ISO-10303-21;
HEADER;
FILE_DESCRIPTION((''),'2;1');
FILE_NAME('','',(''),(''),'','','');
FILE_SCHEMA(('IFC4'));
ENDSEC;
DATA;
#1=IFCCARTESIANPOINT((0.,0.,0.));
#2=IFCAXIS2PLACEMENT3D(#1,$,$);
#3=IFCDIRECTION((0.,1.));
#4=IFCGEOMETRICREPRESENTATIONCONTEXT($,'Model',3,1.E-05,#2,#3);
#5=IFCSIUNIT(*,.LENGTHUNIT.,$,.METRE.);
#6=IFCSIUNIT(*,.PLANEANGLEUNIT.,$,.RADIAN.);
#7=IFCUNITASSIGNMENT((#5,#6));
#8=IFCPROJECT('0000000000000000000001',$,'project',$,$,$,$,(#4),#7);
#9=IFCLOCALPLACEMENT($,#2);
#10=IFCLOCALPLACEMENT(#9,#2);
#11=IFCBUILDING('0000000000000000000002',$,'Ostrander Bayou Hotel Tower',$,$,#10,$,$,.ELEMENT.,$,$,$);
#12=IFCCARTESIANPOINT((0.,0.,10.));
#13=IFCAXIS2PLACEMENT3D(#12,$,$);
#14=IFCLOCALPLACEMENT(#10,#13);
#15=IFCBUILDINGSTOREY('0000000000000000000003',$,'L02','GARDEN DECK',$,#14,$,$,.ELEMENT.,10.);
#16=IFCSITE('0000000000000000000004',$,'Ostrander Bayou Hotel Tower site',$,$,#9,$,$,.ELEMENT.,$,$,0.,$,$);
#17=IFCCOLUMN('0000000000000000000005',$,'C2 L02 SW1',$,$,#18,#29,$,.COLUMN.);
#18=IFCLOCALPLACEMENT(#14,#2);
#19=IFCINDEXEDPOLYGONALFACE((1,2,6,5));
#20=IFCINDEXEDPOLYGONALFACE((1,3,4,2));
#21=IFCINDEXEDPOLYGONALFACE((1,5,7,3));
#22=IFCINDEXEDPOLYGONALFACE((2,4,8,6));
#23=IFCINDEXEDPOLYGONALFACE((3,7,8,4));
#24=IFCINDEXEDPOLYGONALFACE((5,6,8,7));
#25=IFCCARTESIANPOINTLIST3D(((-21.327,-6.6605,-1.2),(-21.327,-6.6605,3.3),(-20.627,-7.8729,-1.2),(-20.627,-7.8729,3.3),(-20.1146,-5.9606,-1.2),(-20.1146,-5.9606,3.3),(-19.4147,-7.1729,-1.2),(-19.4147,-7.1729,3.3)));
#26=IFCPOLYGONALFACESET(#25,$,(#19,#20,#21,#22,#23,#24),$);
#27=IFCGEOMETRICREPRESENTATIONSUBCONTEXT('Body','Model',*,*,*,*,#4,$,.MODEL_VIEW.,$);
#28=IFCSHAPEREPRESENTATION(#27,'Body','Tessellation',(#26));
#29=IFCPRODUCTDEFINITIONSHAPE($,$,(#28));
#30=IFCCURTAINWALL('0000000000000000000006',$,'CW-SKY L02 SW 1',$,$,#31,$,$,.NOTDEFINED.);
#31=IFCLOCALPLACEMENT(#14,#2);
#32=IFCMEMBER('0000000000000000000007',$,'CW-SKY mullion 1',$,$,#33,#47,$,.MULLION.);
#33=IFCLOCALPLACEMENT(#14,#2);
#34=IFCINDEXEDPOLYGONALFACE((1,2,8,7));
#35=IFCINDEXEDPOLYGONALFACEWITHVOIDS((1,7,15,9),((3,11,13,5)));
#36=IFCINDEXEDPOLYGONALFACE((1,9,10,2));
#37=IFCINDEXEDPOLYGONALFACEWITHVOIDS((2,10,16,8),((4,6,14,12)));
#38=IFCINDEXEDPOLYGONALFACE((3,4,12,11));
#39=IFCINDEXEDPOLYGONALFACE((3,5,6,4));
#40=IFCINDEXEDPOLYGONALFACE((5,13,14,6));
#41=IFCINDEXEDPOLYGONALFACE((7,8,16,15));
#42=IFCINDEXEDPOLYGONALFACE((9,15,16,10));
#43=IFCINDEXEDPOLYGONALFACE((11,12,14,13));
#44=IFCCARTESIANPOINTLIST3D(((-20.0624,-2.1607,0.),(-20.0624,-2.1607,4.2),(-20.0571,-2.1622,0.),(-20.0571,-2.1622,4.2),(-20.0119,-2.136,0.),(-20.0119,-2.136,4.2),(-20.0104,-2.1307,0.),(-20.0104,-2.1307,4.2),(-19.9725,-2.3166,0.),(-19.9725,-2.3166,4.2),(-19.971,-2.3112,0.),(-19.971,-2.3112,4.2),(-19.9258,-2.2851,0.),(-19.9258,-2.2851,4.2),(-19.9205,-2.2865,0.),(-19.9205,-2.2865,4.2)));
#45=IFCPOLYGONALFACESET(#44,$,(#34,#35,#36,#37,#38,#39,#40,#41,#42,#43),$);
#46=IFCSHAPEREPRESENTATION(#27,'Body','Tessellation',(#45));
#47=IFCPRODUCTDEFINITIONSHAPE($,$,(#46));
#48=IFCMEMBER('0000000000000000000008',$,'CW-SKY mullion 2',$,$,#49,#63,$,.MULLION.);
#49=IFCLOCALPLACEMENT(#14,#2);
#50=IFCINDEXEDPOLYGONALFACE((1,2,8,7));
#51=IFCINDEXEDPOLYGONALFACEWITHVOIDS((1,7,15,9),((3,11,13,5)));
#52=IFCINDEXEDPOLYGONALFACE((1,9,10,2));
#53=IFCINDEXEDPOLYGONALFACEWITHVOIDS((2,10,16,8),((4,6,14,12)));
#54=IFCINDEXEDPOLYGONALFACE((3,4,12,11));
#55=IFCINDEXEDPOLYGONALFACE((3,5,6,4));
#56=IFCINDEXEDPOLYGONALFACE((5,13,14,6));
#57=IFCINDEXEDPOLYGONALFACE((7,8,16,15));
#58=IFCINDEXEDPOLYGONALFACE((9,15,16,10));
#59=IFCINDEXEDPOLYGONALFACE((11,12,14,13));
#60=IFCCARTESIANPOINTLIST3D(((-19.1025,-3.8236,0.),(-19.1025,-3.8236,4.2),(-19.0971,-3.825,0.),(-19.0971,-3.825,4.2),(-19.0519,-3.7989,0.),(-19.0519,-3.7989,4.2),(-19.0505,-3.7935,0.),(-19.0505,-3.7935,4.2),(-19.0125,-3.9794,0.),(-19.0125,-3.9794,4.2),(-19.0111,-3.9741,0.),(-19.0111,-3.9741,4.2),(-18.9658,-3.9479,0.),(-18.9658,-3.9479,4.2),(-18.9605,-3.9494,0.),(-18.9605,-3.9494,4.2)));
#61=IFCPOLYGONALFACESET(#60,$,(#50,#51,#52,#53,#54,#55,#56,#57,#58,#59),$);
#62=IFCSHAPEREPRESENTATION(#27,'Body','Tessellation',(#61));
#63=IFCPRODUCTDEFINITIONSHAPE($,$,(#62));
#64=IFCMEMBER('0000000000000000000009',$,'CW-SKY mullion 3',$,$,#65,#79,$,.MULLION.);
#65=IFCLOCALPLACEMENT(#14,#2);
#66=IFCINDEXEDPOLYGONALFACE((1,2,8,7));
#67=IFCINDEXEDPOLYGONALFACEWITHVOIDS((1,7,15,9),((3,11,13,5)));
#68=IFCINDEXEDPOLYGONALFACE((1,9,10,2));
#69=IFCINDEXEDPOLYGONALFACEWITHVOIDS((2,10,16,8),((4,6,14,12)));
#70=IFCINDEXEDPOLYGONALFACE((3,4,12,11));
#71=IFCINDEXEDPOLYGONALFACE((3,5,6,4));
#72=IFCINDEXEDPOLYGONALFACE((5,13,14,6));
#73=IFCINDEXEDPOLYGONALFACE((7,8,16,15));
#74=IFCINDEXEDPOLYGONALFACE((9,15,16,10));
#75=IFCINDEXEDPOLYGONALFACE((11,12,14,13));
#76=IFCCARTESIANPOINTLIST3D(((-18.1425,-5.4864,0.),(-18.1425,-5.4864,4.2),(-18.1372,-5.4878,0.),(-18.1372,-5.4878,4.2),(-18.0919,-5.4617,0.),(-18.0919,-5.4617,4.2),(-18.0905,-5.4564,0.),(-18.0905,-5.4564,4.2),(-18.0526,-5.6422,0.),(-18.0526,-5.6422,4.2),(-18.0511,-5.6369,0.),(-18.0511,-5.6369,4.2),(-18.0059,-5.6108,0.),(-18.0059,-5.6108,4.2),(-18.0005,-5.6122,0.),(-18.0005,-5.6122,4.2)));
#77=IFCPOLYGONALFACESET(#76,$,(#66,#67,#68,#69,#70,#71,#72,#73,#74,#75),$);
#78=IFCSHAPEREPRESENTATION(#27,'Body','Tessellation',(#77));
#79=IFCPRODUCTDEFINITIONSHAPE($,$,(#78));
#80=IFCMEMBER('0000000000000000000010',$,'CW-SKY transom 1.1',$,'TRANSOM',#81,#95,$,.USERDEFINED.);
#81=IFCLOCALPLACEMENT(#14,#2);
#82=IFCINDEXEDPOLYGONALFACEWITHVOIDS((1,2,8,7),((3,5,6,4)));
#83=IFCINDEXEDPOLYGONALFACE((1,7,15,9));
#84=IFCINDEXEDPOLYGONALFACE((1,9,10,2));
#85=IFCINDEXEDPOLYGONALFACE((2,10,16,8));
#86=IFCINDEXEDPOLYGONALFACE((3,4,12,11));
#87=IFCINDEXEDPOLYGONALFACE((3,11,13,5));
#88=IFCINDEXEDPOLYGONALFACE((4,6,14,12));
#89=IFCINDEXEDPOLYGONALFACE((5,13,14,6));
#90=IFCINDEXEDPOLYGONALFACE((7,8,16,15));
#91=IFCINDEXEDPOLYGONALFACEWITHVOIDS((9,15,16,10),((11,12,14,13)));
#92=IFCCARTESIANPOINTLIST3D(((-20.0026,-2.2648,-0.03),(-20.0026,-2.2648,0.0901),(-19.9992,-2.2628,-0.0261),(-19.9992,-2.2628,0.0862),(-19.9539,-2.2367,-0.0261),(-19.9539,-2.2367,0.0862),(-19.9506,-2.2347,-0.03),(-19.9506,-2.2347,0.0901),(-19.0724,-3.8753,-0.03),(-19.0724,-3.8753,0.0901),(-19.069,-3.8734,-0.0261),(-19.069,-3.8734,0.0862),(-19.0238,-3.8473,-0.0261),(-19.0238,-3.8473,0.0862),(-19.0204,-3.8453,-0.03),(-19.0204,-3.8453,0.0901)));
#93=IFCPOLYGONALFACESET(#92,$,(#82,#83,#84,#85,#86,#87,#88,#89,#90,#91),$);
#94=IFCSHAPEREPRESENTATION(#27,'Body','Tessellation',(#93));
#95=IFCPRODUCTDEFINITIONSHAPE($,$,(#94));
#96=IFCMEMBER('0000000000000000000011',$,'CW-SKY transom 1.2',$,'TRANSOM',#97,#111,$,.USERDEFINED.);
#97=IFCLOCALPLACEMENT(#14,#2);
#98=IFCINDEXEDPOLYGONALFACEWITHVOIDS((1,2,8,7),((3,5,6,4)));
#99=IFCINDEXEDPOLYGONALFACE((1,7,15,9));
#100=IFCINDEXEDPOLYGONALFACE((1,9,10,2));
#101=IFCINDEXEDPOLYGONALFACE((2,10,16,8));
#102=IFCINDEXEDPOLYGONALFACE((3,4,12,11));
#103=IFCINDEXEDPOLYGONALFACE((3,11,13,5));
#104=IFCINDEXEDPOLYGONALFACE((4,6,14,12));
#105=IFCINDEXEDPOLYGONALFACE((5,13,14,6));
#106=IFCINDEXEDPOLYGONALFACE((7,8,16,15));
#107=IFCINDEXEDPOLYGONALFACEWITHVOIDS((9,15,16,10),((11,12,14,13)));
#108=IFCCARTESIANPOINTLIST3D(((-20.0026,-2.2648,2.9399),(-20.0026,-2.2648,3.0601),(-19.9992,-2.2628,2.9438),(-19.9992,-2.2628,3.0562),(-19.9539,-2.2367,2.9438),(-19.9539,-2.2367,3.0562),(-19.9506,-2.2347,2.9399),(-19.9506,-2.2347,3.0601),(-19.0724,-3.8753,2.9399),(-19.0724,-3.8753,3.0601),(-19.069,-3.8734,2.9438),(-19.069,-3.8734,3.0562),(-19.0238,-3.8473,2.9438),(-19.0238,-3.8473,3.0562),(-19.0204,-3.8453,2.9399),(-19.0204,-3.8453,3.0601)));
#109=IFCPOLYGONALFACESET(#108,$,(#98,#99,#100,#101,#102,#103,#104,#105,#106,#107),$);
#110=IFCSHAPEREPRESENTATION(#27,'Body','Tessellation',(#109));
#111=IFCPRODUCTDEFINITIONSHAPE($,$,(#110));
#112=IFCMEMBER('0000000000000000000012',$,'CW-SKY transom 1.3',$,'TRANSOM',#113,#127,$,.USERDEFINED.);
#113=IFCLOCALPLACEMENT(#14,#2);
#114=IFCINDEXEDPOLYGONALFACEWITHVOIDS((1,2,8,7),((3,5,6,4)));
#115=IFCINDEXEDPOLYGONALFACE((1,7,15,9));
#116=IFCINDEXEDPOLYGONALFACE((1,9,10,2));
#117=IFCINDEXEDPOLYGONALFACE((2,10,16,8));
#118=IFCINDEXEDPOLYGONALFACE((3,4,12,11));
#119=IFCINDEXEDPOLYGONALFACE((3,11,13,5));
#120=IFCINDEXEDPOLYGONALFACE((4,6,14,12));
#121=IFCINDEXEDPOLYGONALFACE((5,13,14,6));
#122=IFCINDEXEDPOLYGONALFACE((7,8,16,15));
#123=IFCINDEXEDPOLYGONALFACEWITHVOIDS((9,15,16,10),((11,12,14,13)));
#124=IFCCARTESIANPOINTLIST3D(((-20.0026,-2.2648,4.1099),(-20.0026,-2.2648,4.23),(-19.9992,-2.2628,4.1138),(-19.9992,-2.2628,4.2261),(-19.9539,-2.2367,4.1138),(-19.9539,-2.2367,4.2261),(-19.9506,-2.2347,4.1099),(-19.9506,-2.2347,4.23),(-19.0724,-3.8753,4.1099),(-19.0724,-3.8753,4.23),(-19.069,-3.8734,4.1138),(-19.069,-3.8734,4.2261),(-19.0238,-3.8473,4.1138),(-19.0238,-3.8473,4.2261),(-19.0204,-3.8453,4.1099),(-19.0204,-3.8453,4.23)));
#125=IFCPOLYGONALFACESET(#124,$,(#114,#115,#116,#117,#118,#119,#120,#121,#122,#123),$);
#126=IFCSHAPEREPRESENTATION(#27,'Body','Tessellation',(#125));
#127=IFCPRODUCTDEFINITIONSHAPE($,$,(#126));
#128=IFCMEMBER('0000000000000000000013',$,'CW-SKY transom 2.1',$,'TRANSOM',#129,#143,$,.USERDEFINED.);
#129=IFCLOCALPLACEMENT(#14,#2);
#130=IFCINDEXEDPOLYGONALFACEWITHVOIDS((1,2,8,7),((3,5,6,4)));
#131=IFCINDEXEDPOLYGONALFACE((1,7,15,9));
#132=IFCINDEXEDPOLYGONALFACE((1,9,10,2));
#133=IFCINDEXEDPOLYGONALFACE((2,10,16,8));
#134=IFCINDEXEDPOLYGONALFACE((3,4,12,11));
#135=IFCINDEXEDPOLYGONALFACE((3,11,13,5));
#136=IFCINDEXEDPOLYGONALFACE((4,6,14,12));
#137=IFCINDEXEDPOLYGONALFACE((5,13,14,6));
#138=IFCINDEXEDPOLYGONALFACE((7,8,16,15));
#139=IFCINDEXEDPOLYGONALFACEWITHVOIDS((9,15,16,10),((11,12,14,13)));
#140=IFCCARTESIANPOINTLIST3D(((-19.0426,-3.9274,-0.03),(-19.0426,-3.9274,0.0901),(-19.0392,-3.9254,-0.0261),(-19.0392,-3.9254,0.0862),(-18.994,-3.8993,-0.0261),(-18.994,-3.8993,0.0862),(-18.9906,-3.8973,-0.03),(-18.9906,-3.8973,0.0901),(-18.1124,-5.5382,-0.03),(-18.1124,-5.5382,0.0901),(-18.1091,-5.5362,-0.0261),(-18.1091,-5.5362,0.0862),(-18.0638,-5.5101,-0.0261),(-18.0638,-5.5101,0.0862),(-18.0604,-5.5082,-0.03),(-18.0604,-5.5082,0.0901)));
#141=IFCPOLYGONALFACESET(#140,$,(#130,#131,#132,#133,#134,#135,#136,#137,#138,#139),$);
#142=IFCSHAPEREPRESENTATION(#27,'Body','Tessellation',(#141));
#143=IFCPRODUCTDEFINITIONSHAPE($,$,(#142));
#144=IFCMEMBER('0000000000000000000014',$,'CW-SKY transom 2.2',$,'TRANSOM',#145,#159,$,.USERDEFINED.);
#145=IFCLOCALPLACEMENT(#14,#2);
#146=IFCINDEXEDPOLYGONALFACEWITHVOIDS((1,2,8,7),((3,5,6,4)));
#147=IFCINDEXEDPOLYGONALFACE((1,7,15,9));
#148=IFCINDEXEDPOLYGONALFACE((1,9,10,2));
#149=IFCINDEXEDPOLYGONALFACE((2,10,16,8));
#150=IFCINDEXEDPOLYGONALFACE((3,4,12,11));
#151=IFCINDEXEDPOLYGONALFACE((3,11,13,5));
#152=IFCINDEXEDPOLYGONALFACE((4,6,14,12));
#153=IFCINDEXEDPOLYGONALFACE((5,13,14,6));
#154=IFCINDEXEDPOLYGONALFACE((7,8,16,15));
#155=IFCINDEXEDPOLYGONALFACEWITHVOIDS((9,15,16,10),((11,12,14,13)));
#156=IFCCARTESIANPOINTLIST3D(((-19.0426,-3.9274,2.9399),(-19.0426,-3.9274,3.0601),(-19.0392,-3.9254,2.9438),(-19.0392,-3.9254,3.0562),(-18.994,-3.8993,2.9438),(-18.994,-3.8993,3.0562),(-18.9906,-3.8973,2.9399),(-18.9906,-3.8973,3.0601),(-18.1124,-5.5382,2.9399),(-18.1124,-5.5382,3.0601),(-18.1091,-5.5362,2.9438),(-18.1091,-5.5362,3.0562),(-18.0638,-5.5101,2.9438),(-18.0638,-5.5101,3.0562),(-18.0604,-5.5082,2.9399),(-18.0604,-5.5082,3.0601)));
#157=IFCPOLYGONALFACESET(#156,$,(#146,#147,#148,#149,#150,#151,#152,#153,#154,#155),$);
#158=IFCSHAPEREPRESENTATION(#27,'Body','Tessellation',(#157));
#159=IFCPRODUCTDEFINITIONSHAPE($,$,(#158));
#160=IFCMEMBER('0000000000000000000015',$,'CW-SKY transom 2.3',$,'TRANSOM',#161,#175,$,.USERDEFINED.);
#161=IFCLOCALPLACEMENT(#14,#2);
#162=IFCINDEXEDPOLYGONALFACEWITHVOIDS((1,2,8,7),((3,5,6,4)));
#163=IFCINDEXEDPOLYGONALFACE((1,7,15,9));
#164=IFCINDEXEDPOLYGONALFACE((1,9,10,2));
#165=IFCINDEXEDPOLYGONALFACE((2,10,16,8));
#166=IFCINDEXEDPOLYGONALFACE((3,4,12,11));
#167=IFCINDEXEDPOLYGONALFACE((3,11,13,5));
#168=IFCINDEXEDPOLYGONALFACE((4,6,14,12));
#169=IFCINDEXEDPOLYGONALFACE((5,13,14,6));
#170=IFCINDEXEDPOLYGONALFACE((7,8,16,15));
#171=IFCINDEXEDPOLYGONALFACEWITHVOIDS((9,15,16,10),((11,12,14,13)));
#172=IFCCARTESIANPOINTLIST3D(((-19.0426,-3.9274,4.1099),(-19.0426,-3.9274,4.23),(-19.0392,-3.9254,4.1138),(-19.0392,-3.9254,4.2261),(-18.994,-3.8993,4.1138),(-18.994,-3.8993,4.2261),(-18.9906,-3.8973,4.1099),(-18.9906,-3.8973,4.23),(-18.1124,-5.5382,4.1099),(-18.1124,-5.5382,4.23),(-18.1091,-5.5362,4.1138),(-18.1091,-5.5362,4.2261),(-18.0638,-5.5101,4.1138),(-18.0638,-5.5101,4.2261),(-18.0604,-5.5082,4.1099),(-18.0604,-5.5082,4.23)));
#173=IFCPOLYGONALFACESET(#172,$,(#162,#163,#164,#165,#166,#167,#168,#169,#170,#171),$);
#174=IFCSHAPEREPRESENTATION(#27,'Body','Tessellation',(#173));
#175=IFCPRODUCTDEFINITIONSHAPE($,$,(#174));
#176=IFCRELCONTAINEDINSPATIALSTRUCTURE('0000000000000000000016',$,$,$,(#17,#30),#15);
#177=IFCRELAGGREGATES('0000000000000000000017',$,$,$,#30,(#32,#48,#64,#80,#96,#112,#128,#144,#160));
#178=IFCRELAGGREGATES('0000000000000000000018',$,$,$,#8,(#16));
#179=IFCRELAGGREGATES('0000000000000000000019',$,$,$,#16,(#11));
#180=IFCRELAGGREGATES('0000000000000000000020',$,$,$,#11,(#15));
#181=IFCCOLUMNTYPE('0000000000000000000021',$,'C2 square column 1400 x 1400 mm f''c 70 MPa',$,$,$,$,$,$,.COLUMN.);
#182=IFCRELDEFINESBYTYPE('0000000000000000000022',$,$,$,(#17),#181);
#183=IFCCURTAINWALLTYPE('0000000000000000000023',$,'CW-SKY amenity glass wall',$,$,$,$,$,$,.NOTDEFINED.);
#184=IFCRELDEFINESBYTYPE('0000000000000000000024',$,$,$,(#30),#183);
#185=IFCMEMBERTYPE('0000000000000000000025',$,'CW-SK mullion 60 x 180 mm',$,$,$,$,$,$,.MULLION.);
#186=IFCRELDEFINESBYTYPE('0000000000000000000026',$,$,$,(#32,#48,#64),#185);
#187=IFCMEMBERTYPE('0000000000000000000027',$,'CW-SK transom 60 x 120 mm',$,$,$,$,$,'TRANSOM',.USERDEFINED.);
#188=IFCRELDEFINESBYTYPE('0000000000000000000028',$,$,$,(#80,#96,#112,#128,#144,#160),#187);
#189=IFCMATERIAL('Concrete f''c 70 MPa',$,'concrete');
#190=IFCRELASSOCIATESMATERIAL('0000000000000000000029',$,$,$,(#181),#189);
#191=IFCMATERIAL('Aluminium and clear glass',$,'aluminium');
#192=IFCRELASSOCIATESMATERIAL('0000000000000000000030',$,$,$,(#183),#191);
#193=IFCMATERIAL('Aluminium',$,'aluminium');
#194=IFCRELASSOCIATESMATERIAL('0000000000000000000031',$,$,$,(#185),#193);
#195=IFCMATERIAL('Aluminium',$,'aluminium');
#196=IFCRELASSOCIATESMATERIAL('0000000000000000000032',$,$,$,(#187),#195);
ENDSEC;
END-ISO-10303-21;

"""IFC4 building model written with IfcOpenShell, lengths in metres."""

from ifc_helpers import new_model, si_unit, direction, frame, origin, origin_2d, place, context, subcontext, project, spatial, rectangle, hollow_rectangle, extrude, material, material_profile, profile_set, type_object, element, aggregate, save


model = new_model("IFC4")

# Units and contexts
model_context = context("Model", 3, precision=1e-05, world=origin(), true_north=direction((0.0, 1.0)))
body_context = subcontext(model_context, "Body", "Model", "MODEL_VIEW")
ifc_project = project(units=[si_unit("LENGTHUNIT", "METRE"), si_unit("PLANEANGLEUNIT", "RADIAN")], contexts=[model_context])

# Site, building, storey
site_placement = place(None, origin())
site = spatial("IfcSite", under=ifc_project, at=site_placement, Name="Ostrander Bayou Hotel Tower site", CompositionType="ELEMENT", RefElevation=0.0)
building_placement = place(site_placement, origin())
building = spatial("IfcBuilding", under=site, at=building_placement, Name="Ostrander Bayou Hotel Tower", CompositionType="ELEMENT")
storey_placement = place(building_placement, frame((0.0, 0.0, 10.0)))
storey = spatial("IfcBuildingStorey", under=building, at=storey_placement, Name="L02", Description="GARDEN DECK", CompositionType="ELEMENT", Elevation=10.0)

# Column
ifc_material_1 = material(Name="Concrete f'c 70 MPa", Category="concrete")
ifc_material_profile_1 = material_profile(ifc_material_1, rectangle(XDim=1.3999, YDim=1.3999, at=origin_2d()))
ifc_profile_set_1 = profile_set([ifc_material_profile_1], Name="Concrete f'c 70 MPa")
column_type = type_object("IfcColumnType", Name="C2 square column 1400 x 1400 mm f'c 70 MPa", PredefinedType="COLUMN", material=ifc_profile_set_1)
column_placement = place(storey_placement, frame((-20.3708, -6.9167, -1.2), z_axis=(0.0, 0.0, 1.0), x_axis=(-0.5, 0.866025, 0.0)))
element("IfcColumn", 1, at=column_placement, inside=storey, type_object=column_type, Name="C2 L02 SW1", PredefinedType="COLUMN", context=body_context, shape_type="SweptSolid", body=[
    extrude(rectangle(XDim=1.3999, YDim=1.3999, at=origin_2d()), origin(), (0.0, 0.0, 1.0), 4.5),
])

# Curtain wall, members
ifc_material_2 = material(Name="Aluminium and clear glass", Category="aluminium")
curtain_wall_type = type_object("IfcCurtainWallType", Name="CW-SKY amenity glass wall", PredefinedType="NOTDEFINED", material=ifc_material_2)
curtain_wall_placement = place(storey_placement, origin())
curtain_wall = element("IfcCurtainWall", 2, at=curtain_wall_placement, inside=storey, type_object=curtain_wall_type, Name="CW-SKY L02 SW 1", PredefinedType="NOTDEFINED")
ifc_material_3 = material(Name="Aluminium", Category="aluminium")
ifc_material_profile_2 = material_profile(ifc_material_3, hollow_rectangle(XDim=0.0601, YDim=0.1799, WallThickness=0.0039, at=origin_2d()))
ifc_profile_set_2 = profile_set([ifc_material_profile_2], Name="Aluminium")
member_type_1 = type_object("IfcMemberType", Name="CW-SK mullion 60 x 180 mm", PredefinedType="MULLION", material=ifc_profile_set_2)
member_1_placement = place(storey_placement, frame((-19.9915, -2.2236, 0.0), z_axis=(0.0, 0.0, 1.0), x_axis=(0.866025, 0.5, 0.0)))
member_1 = element("IfcMember", 3, at=member_1_placement, type_object=member_type_1, Name="CW-SKY mullion 1", PredefinedType="MULLION", context=body_context, shape_type="SweptSolid", body=[
    extrude(hollow_rectangle(XDim=0.0601, YDim=0.1799, WallThickness=0.0039, at=origin_2d()), origin(), (0.0, 0.0, 1.0), 4.2),
])
member_2_placement = place(storey_placement, frame((-19.0315, -3.8865, 0.0), z_axis=(0.0, 0.0, 1.0), x_axis=(0.866025, 0.5, 0.0)))
member_2 = element("IfcMember", 4, at=member_2_placement, type_object=member_type_1, Name="CW-SKY mullion 2", PredefinedType="MULLION", context=body_context, shape_type="SweptSolid", body=[
    extrude(hollow_rectangle(XDim=0.0601, YDim=0.1799, WallThickness=0.0039, at=origin_2d()), origin(), (0.0, 0.0, 1.0), 4.2),
])
member_3_placement = place(storey_placement, frame((-18.0715, -5.5493, 0.0), z_axis=(0.0, 0.0, 1.0), x_axis=(0.866025, 0.5, 0.0)))
member_3 = element("IfcMember", 5, at=member_3_placement, type_object=member_type_1, Name="CW-SKY mullion 3", PredefinedType="MULLION", context=body_context, shape_type="SweptSolid", body=[
    extrude(hollow_rectangle(XDim=0.0601, YDim=0.1799, WallThickness=0.0039, at=origin_2d()), origin(), (0.0, 0.0, 1.0), 4.2),
])
ifc_material_4 = material(Name="Aluminium", Category="aluminium")
ifc_material_profile_3 = material_profile(ifc_material_4, hollow_rectangle(XDim=0.0601, YDim=0.1201, WallThickness=0.0039, at=origin_2d()))
ifc_profile_set_3 = profile_set([ifc_material_profile_3], Name="Aluminium")
member_type_2 = type_object("IfcMemberType", Name="CW-SK transom 60 x 120 mm", ElementType="TRANSOM", PredefinedType="USERDEFINED", material=ifc_profile_set_3)
member_4_placement = place(storey_placement, frame((-19.9766, -2.2498, 0.03), z_axis=(0.50012, -0.865956, 0.0), x_axis=(0.865956, 0.50012, 0.0)))
member_4 = element("IfcMember", 6, at=member_4_placement, type_object=member_type_2, Name="CW-SKY transom 1.1", ObjectType="TRANSOM", PredefinedType="USERDEFINED", context=body_context, shape_type="SweptSolid", body=[
    extrude(hollow_rectangle(XDim=0.0601, YDim=0.1201, WallThickness=0.0039, at=origin_2d()), origin(), (0.0, 0.0, 1.0), 1.8599),
])
member_5_placement = place(storey_placement, frame((-19.9766, -2.2498, 3.0), z_axis=(0.50012, -0.865956, 0.0), x_axis=(0.865956, 0.50012, 0.0)))
member_5 = element("IfcMember", 7, at=member_5_placement, type_object=member_type_2, Name="CW-SKY transom 1.2", ObjectType="TRANSOM", PredefinedType="USERDEFINED", context=body_context, shape_type="SweptSolid", body=[
    extrude(hollow_rectangle(XDim=0.0601, YDim=0.1201, WallThickness=0.0039, at=origin_2d()), origin(), (0.0, 0.0, 1.0), 1.8599),
])
member_6_placement = place(storey_placement, frame((-19.9766, -2.2498, 4.1699), z_axis=(0.50012, -0.865956, 0.0), x_axis=(0.865956, 0.50012, 0.0)))
member_6 = element("IfcMember", 8, at=member_6_placement, type_object=member_type_2, Name="CW-SKY transom 1.3", ObjectType="TRANSOM", PredefinedType="USERDEFINED", context=body_context, shape_type="SweptSolid", body=[
    extrude(hollow_rectangle(XDim=0.0601, YDim=0.1201, WallThickness=0.0039, at=origin_2d()), origin(), (0.0, 0.0, 1.0), 1.8599),
])
member_7_placement = place(storey_placement, frame((-19.0166, -3.9124, 0.03), z_axis=(0.500063, -0.865989, 0.0), x_axis=(0.865989, 0.500063, 0.0)))
member_7 = element("IfcMember", 9, at=member_7_placement, type_object=member_type_2, Name="CW-SKY transom 2.1", ObjectType="TRANSOM", PredefinedType="USERDEFINED", context=body_context, shape_type="SweptSolid", body=[
    extrude(hollow_rectangle(XDim=0.0601, YDim=0.1201, WallThickness=0.0039, at=origin_2d()), origin(), (0.0, 0.0, 1.0), 1.8601),
])
member_8_placement = place(storey_placement, frame((-19.0166, -3.9124, 3.0), z_axis=(0.500063, -0.865989, 0.0), x_axis=(0.865989, 0.500063, 0.0)))
member_8 = element("IfcMember", 10, at=member_8_placement, type_object=member_type_2, Name="CW-SKY transom 2.2", ObjectType="TRANSOM", PredefinedType="USERDEFINED", context=body_context, shape_type="SweptSolid", body=[
    extrude(hollow_rectangle(XDim=0.0601, YDim=0.1201, WallThickness=0.0039, at=origin_2d()), origin(), (0.0, 0.0, 1.0), 1.8601),
])
member_9_placement = place(storey_placement, frame((-19.0166, -3.9124, 4.1699), z_axis=(0.500063, -0.865989, 0.0), x_axis=(0.865989, 0.500063, 0.0)))
member_9 = element("IfcMember", 11, at=member_9_placement, type_object=member_type_2, Name="CW-SKY transom 2.3", ObjectType="TRANSOM", PredefinedType="USERDEFINED", context=body_context, shape_type="SweptSolid", body=[
    extrude(hollow_rectangle(XDim=0.0601, YDim=0.1201, WallThickness=0.0039, at=origin_2d()), origin(), (0.0, 0.0, 1.0), 1.8601),
])

aggregate(curtain_wall, [member_1, member_2, member_3, member_4, member_5, member_6, member_7, member_8, member_9])

save(model, "model.ifc")
